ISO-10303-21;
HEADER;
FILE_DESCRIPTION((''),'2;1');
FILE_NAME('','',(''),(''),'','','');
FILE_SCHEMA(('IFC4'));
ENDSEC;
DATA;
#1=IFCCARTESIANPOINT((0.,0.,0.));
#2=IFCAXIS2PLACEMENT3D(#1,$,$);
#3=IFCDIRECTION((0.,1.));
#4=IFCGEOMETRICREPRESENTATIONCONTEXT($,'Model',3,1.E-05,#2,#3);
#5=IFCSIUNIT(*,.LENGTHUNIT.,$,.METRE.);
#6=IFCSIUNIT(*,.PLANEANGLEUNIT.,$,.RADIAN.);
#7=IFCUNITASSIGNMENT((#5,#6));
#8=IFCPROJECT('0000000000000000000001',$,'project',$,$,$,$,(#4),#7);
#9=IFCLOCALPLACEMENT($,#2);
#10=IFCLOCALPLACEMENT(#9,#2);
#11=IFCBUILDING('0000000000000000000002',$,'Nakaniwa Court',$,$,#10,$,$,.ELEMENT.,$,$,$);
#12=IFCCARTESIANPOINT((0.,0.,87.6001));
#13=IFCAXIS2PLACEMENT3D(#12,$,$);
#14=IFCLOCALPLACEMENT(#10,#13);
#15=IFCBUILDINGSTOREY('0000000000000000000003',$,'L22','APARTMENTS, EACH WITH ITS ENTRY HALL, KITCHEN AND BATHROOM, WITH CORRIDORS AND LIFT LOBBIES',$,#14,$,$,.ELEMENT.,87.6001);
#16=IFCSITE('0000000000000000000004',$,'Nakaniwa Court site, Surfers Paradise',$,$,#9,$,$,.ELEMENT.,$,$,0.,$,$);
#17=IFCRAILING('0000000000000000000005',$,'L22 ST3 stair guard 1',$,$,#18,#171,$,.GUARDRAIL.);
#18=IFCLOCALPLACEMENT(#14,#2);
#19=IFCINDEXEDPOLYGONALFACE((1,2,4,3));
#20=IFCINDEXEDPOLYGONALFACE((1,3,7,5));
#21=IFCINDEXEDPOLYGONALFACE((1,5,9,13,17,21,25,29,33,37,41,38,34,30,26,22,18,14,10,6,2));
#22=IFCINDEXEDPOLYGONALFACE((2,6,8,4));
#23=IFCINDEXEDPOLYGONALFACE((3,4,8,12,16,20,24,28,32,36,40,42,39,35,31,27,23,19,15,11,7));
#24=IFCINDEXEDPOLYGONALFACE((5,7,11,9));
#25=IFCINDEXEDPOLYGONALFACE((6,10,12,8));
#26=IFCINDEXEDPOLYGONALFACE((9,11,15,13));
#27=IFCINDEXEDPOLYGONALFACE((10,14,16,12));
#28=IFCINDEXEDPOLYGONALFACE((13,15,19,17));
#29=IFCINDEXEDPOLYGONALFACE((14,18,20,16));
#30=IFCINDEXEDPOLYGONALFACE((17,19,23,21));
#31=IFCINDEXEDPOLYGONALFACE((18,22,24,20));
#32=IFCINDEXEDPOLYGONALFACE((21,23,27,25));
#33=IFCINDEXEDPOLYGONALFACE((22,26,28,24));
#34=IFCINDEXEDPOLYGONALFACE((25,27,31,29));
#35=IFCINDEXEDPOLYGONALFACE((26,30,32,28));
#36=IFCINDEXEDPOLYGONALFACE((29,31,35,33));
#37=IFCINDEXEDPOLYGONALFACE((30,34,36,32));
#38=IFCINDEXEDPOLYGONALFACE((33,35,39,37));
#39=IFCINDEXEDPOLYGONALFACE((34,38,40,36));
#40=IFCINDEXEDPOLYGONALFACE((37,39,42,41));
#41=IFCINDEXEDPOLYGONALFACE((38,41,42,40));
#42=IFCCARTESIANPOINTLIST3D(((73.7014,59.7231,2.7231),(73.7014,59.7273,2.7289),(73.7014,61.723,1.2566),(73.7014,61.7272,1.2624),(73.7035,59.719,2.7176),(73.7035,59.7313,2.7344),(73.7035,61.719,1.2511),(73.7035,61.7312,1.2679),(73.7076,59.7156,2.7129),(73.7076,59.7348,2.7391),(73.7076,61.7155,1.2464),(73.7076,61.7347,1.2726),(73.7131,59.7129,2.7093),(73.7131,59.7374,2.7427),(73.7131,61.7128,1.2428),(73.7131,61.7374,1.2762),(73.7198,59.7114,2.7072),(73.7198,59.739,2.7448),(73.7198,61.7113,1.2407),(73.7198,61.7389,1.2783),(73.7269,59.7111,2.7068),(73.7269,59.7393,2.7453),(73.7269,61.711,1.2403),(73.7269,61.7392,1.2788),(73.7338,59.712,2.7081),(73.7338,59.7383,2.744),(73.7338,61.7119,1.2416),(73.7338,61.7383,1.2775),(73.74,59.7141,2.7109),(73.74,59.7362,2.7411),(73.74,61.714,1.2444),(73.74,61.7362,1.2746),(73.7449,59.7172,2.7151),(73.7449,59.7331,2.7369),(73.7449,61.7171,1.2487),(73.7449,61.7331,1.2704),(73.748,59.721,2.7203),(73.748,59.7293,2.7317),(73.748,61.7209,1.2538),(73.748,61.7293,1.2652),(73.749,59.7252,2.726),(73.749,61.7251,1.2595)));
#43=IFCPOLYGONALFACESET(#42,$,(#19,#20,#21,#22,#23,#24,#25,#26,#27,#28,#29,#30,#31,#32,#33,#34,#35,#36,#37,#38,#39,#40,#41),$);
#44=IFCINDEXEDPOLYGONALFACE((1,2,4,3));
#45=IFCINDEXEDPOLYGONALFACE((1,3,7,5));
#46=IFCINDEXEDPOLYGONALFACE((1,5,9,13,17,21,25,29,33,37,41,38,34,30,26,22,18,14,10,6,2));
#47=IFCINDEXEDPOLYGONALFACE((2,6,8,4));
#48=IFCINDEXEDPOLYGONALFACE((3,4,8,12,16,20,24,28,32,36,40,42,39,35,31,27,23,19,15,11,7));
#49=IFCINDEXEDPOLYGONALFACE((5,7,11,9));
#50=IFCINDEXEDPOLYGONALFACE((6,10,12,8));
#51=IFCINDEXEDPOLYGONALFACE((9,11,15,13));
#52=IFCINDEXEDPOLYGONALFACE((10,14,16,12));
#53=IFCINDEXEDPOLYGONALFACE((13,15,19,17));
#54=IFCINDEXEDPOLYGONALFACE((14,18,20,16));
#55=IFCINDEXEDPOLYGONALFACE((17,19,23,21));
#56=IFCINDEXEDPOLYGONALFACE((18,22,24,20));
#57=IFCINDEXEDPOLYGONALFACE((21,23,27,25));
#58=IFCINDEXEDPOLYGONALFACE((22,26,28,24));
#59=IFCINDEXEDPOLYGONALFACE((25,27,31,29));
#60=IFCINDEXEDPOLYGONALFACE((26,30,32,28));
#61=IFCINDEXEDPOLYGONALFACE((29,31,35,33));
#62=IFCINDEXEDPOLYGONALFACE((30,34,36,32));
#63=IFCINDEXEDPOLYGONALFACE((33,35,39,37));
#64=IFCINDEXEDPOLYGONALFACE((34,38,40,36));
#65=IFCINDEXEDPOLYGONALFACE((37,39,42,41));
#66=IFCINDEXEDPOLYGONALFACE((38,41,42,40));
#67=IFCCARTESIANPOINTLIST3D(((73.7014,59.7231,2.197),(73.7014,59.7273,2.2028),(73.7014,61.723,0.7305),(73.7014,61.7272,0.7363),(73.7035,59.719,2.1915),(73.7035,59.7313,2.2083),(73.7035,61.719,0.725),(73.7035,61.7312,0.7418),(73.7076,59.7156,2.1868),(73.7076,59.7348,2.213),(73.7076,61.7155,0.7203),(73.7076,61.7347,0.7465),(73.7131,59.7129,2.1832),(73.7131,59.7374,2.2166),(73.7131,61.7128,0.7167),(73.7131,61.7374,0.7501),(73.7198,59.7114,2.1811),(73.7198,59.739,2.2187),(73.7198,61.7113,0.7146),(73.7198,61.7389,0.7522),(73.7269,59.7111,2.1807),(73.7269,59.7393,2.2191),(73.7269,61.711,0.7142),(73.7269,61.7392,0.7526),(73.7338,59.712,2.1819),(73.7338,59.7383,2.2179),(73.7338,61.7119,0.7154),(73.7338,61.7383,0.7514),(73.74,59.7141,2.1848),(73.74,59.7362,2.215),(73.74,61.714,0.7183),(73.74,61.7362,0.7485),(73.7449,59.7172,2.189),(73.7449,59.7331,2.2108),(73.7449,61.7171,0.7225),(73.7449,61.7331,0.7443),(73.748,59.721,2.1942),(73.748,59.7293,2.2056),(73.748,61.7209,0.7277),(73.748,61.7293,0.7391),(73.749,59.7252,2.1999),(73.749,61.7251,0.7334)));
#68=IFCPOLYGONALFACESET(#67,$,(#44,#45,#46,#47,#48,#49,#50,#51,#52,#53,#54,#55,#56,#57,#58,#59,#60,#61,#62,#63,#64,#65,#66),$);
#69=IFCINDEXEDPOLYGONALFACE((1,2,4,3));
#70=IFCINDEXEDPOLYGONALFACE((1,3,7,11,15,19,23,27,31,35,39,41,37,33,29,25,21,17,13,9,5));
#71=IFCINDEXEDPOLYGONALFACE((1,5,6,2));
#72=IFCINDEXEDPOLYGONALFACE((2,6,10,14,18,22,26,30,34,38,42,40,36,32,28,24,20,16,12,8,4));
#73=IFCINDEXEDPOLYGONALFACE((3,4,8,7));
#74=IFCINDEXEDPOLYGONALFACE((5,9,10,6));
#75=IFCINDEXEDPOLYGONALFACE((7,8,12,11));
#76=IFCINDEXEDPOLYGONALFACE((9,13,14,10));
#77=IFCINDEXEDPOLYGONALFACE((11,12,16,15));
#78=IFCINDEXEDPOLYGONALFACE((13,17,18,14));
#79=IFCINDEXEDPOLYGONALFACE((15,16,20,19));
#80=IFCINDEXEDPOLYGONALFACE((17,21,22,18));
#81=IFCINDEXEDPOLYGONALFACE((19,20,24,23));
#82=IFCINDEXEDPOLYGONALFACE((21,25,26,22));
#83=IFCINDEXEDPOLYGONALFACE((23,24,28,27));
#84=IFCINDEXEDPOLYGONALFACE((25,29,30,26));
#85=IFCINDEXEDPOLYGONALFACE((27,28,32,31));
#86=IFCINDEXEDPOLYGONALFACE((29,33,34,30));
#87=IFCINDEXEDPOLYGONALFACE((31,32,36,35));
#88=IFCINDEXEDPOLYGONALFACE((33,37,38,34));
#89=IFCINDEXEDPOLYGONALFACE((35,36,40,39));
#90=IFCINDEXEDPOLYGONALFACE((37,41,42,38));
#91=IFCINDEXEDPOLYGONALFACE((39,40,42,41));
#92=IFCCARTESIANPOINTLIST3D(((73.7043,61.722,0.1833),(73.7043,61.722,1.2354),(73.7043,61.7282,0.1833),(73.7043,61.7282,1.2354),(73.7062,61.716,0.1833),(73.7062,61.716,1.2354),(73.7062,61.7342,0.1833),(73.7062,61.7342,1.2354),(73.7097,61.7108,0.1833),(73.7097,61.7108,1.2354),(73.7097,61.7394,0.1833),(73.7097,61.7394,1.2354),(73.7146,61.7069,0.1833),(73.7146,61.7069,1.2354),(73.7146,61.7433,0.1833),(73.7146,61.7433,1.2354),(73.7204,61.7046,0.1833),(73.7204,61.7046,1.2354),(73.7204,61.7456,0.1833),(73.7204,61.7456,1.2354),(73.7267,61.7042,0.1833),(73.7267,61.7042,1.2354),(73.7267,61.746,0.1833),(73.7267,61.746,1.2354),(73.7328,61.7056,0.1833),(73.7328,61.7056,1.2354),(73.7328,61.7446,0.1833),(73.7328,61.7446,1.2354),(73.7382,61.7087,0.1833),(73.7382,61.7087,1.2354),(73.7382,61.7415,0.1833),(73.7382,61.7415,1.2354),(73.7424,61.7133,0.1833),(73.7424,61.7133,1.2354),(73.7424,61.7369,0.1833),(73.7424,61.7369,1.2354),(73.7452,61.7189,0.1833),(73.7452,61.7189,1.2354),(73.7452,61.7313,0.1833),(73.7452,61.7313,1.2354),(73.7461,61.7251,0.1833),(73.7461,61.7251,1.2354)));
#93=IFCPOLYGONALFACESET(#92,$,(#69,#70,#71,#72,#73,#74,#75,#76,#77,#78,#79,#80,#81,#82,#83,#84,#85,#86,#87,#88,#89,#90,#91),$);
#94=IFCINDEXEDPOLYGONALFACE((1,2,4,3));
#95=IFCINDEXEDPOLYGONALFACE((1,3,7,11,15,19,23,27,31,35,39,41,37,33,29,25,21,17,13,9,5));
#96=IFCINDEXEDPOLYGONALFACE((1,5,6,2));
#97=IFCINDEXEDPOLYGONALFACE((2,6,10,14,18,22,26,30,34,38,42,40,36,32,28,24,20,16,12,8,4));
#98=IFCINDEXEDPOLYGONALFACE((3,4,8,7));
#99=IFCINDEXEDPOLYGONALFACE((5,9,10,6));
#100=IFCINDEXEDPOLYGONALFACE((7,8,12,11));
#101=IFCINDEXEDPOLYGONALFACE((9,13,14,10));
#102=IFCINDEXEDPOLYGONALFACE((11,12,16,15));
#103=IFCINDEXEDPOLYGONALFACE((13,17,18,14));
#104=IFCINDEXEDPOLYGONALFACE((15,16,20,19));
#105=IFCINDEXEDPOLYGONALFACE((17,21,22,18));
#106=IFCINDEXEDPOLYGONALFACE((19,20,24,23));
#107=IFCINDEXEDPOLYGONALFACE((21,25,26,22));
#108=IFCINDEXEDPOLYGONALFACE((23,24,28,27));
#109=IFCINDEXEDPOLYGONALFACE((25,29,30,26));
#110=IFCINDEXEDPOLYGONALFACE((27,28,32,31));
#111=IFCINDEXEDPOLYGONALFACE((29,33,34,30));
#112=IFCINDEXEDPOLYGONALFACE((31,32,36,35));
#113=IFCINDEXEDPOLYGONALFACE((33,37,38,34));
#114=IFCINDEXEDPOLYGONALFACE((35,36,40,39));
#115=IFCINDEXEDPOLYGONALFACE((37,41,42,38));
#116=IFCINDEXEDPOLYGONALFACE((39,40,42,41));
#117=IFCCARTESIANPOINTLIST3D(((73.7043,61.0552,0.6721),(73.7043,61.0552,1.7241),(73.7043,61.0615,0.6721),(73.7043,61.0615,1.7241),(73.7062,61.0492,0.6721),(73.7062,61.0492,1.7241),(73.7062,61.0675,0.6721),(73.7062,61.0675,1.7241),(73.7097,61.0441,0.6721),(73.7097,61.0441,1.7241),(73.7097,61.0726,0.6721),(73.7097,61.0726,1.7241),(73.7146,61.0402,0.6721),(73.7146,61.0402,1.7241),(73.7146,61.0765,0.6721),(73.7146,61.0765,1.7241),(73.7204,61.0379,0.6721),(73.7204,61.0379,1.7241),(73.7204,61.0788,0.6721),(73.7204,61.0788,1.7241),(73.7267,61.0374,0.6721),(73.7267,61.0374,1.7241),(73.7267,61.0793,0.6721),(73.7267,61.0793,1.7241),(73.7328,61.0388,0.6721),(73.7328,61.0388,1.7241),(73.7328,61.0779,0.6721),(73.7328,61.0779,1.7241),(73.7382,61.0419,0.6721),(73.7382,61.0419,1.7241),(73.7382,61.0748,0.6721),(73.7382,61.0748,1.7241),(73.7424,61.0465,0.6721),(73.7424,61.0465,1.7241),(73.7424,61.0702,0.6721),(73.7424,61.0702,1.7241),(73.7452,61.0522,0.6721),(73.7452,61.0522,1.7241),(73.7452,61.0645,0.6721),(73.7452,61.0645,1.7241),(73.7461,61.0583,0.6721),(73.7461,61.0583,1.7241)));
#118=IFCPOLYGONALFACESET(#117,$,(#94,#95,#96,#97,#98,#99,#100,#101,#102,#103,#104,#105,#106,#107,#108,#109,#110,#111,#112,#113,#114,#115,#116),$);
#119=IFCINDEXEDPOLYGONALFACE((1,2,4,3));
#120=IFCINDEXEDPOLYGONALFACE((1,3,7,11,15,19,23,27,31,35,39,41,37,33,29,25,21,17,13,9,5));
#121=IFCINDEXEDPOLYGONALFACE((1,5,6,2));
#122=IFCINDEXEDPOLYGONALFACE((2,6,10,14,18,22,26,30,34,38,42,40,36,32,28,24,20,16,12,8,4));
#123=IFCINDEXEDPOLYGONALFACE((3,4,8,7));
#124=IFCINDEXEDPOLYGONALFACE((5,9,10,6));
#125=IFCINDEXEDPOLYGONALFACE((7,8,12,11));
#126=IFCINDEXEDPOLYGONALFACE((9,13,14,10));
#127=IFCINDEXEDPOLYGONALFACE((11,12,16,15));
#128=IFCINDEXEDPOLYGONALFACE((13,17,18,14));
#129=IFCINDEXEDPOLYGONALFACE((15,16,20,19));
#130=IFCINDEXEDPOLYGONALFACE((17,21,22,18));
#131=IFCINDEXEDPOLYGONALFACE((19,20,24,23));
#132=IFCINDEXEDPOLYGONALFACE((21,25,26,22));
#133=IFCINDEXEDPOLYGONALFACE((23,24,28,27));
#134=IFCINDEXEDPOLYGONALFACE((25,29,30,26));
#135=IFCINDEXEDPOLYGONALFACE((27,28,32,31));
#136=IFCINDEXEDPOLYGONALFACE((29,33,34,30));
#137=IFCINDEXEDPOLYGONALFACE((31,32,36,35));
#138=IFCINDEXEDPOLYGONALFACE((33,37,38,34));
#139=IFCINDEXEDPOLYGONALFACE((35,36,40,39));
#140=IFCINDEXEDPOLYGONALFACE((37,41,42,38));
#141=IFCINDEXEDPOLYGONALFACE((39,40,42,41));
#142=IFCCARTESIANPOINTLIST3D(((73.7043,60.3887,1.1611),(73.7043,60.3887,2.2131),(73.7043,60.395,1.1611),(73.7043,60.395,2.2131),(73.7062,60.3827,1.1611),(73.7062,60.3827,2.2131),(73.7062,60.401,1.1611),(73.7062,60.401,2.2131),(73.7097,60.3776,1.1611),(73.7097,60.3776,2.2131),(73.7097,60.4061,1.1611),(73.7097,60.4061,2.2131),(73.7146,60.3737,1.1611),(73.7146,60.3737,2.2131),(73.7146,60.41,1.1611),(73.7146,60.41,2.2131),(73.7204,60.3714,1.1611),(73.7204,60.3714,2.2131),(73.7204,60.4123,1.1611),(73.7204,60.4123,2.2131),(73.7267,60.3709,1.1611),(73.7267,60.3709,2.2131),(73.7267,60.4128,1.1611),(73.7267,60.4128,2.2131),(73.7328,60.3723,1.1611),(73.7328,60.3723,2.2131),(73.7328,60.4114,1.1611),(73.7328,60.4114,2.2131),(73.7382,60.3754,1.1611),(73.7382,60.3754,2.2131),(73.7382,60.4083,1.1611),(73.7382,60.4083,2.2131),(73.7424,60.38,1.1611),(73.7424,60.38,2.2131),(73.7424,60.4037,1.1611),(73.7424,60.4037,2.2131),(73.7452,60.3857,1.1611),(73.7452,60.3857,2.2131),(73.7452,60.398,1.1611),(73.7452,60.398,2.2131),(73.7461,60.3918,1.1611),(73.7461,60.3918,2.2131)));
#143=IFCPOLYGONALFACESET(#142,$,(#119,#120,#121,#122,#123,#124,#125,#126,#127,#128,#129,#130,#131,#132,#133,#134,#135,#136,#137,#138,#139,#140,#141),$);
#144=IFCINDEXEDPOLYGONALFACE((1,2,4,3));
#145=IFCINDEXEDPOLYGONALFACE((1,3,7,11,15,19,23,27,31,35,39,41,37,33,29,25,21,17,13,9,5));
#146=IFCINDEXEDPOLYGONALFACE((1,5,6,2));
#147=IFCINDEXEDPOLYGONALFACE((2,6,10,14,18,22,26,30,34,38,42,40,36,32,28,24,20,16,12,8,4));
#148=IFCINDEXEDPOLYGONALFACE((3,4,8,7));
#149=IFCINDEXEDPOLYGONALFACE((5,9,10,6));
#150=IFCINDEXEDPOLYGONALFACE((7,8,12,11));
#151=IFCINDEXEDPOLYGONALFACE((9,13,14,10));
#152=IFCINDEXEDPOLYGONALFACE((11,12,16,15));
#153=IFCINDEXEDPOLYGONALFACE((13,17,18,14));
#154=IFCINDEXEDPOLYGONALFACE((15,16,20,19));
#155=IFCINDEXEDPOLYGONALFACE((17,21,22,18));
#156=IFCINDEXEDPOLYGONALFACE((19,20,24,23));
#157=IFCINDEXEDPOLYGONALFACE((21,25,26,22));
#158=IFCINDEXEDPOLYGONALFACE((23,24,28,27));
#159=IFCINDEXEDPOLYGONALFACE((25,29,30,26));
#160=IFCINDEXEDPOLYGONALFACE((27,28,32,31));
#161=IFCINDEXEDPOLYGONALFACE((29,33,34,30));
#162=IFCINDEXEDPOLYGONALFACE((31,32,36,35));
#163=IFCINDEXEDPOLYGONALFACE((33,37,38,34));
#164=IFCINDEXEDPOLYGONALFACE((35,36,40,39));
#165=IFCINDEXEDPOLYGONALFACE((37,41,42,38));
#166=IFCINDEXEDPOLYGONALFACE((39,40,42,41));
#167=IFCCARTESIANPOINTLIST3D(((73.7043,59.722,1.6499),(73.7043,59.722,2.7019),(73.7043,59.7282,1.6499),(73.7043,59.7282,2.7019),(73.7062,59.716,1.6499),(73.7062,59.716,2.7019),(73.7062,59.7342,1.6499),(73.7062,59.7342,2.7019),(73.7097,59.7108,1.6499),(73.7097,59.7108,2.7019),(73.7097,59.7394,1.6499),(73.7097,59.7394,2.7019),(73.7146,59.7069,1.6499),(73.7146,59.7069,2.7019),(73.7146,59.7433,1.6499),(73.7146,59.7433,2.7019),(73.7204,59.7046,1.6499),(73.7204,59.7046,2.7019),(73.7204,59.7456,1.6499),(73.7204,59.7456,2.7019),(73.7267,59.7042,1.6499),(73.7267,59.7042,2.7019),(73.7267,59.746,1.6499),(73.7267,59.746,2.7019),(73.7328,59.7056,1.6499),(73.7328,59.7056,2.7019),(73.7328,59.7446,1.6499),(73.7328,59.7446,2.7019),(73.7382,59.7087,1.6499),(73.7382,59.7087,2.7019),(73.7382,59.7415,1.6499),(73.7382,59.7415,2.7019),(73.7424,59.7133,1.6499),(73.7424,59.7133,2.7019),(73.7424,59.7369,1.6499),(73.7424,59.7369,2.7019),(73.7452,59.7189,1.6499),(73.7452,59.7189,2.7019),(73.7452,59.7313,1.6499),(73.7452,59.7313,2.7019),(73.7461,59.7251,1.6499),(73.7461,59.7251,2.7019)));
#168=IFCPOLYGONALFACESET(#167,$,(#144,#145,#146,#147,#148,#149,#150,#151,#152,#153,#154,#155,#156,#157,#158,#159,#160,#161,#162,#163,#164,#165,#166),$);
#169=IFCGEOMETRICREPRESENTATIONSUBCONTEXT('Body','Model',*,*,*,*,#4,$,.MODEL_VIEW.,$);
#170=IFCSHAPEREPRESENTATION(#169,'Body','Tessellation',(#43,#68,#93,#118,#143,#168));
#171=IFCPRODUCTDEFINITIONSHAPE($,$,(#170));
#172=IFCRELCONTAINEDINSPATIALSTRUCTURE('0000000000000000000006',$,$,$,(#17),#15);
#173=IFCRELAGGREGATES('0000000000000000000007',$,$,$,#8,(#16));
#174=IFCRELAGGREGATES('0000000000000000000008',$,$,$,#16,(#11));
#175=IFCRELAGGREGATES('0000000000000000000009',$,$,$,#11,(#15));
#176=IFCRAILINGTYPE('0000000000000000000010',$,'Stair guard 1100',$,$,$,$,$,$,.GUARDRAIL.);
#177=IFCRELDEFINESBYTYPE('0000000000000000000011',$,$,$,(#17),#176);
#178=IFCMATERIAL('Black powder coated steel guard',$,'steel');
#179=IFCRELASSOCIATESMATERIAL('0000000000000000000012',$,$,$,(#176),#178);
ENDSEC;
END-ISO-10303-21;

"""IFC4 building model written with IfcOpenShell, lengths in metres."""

from ifc_helpers import new_model, si_unit, direction, frame, origin, origin_2d, place, context, subcontext, project, spatial, circle, extrude, material, type_object, element, save


model = new_model("IFC4")

# Units and contexts
model_context = context("Model", 3, precision=1e-05, world=origin(), true_north=direction((0.0, 1.0)))
body_context = subcontext(model_context, "Body", "Model", "MODEL_VIEW")
ifc_project = project(units=[si_unit("LENGTHUNIT", "METRE"), si_unit("PLANEANGLEUNIT", "RADIAN")], contexts=[model_context])

# Site, building, storey
site_placement = place(None, origin())
site = spatial("IfcSite", under=ifc_project, at=site_placement, Name="Nakaniwa Court site, Surfers Paradise", CompositionType="ELEMENT", RefElevation=0.0)
building_placement = place(site_placement, origin())
building = spatial("IfcBuilding", under=site, at=building_placement, Name="Nakaniwa Court", CompositionType="ELEMENT")
storey_placement = place(building_placement, frame((0.0, 0.0, 87.6001)))
storey = spatial("IfcBuildingStorey", under=building, at=storey_placement, Name="L22", Description="APARTMENTS, EACH WITH ITS ENTRY HALL, KITCHEN AND BATHROOM, WITH CORRIDORS AND LIFT LOBBIES", CompositionType="ELEMENT", Elevation=87.6001)

# Railing
ifc_material_1 = material(Name="Black powder coated steel guard", Category="steel")
railing_type_1 = type_object("IfcRailingType", Name="Stair guard 1100", PredefinedType="GUARDRAIL", material=ifc_material_1)
railing_1_placement = place(storey_placement, frame((73.7251, 61.7251, 0.1833)))
element("IfcRailing", 1, at=railing_1_placement, inside=storey, type_object=railing_type_1, Name="L22 ST3 stair guard 1", PredefinedType="GUARDRAIL", context=body_context, shape_type="SweptSolid", body=[
    extrude(circle(Radius=0.0239, at=origin_2d()), frame((0.0, 0.0, 1.0762), z_axis=(0.0, -0.806427, 0.591334), x_axis=(1.0, 0.0, 0.0)), (0.0, 0.0, 1.0), 2.48),
    extrude(circle(Radius=0.0239, at=origin_2d()), frame((0.0, 0.0, 0.55), z_axis=(0.0, -0.806427, 0.591334), x_axis=(1.0, 0.0, 0.0)), (0.0, 0.0, 1.0), 2.48),
    extrude(circle(Radius=0.021, at=origin_2d()), origin(), (0.0, 0.0, 1.0), 1.052),
    extrude(circle(Radius=0.021, at=origin_2d()), frame((0.0, -0.6667, 0.4888)), (0.0, 0.0, 1.0), 1.052),
    extrude(circle(Radius=0.021, at=origin_2d()), frame((0.0, -1.3333, 0.9778)), (0.0, 0.0, 1.0), 1.052),
    extrude(circle(Radius=0.021, at=origin_2d()), frame((0.0, -2.0, 1.4666)), (0.0, 0.0, 1.0), 1.052),
])

save(model, "model.ifc")
